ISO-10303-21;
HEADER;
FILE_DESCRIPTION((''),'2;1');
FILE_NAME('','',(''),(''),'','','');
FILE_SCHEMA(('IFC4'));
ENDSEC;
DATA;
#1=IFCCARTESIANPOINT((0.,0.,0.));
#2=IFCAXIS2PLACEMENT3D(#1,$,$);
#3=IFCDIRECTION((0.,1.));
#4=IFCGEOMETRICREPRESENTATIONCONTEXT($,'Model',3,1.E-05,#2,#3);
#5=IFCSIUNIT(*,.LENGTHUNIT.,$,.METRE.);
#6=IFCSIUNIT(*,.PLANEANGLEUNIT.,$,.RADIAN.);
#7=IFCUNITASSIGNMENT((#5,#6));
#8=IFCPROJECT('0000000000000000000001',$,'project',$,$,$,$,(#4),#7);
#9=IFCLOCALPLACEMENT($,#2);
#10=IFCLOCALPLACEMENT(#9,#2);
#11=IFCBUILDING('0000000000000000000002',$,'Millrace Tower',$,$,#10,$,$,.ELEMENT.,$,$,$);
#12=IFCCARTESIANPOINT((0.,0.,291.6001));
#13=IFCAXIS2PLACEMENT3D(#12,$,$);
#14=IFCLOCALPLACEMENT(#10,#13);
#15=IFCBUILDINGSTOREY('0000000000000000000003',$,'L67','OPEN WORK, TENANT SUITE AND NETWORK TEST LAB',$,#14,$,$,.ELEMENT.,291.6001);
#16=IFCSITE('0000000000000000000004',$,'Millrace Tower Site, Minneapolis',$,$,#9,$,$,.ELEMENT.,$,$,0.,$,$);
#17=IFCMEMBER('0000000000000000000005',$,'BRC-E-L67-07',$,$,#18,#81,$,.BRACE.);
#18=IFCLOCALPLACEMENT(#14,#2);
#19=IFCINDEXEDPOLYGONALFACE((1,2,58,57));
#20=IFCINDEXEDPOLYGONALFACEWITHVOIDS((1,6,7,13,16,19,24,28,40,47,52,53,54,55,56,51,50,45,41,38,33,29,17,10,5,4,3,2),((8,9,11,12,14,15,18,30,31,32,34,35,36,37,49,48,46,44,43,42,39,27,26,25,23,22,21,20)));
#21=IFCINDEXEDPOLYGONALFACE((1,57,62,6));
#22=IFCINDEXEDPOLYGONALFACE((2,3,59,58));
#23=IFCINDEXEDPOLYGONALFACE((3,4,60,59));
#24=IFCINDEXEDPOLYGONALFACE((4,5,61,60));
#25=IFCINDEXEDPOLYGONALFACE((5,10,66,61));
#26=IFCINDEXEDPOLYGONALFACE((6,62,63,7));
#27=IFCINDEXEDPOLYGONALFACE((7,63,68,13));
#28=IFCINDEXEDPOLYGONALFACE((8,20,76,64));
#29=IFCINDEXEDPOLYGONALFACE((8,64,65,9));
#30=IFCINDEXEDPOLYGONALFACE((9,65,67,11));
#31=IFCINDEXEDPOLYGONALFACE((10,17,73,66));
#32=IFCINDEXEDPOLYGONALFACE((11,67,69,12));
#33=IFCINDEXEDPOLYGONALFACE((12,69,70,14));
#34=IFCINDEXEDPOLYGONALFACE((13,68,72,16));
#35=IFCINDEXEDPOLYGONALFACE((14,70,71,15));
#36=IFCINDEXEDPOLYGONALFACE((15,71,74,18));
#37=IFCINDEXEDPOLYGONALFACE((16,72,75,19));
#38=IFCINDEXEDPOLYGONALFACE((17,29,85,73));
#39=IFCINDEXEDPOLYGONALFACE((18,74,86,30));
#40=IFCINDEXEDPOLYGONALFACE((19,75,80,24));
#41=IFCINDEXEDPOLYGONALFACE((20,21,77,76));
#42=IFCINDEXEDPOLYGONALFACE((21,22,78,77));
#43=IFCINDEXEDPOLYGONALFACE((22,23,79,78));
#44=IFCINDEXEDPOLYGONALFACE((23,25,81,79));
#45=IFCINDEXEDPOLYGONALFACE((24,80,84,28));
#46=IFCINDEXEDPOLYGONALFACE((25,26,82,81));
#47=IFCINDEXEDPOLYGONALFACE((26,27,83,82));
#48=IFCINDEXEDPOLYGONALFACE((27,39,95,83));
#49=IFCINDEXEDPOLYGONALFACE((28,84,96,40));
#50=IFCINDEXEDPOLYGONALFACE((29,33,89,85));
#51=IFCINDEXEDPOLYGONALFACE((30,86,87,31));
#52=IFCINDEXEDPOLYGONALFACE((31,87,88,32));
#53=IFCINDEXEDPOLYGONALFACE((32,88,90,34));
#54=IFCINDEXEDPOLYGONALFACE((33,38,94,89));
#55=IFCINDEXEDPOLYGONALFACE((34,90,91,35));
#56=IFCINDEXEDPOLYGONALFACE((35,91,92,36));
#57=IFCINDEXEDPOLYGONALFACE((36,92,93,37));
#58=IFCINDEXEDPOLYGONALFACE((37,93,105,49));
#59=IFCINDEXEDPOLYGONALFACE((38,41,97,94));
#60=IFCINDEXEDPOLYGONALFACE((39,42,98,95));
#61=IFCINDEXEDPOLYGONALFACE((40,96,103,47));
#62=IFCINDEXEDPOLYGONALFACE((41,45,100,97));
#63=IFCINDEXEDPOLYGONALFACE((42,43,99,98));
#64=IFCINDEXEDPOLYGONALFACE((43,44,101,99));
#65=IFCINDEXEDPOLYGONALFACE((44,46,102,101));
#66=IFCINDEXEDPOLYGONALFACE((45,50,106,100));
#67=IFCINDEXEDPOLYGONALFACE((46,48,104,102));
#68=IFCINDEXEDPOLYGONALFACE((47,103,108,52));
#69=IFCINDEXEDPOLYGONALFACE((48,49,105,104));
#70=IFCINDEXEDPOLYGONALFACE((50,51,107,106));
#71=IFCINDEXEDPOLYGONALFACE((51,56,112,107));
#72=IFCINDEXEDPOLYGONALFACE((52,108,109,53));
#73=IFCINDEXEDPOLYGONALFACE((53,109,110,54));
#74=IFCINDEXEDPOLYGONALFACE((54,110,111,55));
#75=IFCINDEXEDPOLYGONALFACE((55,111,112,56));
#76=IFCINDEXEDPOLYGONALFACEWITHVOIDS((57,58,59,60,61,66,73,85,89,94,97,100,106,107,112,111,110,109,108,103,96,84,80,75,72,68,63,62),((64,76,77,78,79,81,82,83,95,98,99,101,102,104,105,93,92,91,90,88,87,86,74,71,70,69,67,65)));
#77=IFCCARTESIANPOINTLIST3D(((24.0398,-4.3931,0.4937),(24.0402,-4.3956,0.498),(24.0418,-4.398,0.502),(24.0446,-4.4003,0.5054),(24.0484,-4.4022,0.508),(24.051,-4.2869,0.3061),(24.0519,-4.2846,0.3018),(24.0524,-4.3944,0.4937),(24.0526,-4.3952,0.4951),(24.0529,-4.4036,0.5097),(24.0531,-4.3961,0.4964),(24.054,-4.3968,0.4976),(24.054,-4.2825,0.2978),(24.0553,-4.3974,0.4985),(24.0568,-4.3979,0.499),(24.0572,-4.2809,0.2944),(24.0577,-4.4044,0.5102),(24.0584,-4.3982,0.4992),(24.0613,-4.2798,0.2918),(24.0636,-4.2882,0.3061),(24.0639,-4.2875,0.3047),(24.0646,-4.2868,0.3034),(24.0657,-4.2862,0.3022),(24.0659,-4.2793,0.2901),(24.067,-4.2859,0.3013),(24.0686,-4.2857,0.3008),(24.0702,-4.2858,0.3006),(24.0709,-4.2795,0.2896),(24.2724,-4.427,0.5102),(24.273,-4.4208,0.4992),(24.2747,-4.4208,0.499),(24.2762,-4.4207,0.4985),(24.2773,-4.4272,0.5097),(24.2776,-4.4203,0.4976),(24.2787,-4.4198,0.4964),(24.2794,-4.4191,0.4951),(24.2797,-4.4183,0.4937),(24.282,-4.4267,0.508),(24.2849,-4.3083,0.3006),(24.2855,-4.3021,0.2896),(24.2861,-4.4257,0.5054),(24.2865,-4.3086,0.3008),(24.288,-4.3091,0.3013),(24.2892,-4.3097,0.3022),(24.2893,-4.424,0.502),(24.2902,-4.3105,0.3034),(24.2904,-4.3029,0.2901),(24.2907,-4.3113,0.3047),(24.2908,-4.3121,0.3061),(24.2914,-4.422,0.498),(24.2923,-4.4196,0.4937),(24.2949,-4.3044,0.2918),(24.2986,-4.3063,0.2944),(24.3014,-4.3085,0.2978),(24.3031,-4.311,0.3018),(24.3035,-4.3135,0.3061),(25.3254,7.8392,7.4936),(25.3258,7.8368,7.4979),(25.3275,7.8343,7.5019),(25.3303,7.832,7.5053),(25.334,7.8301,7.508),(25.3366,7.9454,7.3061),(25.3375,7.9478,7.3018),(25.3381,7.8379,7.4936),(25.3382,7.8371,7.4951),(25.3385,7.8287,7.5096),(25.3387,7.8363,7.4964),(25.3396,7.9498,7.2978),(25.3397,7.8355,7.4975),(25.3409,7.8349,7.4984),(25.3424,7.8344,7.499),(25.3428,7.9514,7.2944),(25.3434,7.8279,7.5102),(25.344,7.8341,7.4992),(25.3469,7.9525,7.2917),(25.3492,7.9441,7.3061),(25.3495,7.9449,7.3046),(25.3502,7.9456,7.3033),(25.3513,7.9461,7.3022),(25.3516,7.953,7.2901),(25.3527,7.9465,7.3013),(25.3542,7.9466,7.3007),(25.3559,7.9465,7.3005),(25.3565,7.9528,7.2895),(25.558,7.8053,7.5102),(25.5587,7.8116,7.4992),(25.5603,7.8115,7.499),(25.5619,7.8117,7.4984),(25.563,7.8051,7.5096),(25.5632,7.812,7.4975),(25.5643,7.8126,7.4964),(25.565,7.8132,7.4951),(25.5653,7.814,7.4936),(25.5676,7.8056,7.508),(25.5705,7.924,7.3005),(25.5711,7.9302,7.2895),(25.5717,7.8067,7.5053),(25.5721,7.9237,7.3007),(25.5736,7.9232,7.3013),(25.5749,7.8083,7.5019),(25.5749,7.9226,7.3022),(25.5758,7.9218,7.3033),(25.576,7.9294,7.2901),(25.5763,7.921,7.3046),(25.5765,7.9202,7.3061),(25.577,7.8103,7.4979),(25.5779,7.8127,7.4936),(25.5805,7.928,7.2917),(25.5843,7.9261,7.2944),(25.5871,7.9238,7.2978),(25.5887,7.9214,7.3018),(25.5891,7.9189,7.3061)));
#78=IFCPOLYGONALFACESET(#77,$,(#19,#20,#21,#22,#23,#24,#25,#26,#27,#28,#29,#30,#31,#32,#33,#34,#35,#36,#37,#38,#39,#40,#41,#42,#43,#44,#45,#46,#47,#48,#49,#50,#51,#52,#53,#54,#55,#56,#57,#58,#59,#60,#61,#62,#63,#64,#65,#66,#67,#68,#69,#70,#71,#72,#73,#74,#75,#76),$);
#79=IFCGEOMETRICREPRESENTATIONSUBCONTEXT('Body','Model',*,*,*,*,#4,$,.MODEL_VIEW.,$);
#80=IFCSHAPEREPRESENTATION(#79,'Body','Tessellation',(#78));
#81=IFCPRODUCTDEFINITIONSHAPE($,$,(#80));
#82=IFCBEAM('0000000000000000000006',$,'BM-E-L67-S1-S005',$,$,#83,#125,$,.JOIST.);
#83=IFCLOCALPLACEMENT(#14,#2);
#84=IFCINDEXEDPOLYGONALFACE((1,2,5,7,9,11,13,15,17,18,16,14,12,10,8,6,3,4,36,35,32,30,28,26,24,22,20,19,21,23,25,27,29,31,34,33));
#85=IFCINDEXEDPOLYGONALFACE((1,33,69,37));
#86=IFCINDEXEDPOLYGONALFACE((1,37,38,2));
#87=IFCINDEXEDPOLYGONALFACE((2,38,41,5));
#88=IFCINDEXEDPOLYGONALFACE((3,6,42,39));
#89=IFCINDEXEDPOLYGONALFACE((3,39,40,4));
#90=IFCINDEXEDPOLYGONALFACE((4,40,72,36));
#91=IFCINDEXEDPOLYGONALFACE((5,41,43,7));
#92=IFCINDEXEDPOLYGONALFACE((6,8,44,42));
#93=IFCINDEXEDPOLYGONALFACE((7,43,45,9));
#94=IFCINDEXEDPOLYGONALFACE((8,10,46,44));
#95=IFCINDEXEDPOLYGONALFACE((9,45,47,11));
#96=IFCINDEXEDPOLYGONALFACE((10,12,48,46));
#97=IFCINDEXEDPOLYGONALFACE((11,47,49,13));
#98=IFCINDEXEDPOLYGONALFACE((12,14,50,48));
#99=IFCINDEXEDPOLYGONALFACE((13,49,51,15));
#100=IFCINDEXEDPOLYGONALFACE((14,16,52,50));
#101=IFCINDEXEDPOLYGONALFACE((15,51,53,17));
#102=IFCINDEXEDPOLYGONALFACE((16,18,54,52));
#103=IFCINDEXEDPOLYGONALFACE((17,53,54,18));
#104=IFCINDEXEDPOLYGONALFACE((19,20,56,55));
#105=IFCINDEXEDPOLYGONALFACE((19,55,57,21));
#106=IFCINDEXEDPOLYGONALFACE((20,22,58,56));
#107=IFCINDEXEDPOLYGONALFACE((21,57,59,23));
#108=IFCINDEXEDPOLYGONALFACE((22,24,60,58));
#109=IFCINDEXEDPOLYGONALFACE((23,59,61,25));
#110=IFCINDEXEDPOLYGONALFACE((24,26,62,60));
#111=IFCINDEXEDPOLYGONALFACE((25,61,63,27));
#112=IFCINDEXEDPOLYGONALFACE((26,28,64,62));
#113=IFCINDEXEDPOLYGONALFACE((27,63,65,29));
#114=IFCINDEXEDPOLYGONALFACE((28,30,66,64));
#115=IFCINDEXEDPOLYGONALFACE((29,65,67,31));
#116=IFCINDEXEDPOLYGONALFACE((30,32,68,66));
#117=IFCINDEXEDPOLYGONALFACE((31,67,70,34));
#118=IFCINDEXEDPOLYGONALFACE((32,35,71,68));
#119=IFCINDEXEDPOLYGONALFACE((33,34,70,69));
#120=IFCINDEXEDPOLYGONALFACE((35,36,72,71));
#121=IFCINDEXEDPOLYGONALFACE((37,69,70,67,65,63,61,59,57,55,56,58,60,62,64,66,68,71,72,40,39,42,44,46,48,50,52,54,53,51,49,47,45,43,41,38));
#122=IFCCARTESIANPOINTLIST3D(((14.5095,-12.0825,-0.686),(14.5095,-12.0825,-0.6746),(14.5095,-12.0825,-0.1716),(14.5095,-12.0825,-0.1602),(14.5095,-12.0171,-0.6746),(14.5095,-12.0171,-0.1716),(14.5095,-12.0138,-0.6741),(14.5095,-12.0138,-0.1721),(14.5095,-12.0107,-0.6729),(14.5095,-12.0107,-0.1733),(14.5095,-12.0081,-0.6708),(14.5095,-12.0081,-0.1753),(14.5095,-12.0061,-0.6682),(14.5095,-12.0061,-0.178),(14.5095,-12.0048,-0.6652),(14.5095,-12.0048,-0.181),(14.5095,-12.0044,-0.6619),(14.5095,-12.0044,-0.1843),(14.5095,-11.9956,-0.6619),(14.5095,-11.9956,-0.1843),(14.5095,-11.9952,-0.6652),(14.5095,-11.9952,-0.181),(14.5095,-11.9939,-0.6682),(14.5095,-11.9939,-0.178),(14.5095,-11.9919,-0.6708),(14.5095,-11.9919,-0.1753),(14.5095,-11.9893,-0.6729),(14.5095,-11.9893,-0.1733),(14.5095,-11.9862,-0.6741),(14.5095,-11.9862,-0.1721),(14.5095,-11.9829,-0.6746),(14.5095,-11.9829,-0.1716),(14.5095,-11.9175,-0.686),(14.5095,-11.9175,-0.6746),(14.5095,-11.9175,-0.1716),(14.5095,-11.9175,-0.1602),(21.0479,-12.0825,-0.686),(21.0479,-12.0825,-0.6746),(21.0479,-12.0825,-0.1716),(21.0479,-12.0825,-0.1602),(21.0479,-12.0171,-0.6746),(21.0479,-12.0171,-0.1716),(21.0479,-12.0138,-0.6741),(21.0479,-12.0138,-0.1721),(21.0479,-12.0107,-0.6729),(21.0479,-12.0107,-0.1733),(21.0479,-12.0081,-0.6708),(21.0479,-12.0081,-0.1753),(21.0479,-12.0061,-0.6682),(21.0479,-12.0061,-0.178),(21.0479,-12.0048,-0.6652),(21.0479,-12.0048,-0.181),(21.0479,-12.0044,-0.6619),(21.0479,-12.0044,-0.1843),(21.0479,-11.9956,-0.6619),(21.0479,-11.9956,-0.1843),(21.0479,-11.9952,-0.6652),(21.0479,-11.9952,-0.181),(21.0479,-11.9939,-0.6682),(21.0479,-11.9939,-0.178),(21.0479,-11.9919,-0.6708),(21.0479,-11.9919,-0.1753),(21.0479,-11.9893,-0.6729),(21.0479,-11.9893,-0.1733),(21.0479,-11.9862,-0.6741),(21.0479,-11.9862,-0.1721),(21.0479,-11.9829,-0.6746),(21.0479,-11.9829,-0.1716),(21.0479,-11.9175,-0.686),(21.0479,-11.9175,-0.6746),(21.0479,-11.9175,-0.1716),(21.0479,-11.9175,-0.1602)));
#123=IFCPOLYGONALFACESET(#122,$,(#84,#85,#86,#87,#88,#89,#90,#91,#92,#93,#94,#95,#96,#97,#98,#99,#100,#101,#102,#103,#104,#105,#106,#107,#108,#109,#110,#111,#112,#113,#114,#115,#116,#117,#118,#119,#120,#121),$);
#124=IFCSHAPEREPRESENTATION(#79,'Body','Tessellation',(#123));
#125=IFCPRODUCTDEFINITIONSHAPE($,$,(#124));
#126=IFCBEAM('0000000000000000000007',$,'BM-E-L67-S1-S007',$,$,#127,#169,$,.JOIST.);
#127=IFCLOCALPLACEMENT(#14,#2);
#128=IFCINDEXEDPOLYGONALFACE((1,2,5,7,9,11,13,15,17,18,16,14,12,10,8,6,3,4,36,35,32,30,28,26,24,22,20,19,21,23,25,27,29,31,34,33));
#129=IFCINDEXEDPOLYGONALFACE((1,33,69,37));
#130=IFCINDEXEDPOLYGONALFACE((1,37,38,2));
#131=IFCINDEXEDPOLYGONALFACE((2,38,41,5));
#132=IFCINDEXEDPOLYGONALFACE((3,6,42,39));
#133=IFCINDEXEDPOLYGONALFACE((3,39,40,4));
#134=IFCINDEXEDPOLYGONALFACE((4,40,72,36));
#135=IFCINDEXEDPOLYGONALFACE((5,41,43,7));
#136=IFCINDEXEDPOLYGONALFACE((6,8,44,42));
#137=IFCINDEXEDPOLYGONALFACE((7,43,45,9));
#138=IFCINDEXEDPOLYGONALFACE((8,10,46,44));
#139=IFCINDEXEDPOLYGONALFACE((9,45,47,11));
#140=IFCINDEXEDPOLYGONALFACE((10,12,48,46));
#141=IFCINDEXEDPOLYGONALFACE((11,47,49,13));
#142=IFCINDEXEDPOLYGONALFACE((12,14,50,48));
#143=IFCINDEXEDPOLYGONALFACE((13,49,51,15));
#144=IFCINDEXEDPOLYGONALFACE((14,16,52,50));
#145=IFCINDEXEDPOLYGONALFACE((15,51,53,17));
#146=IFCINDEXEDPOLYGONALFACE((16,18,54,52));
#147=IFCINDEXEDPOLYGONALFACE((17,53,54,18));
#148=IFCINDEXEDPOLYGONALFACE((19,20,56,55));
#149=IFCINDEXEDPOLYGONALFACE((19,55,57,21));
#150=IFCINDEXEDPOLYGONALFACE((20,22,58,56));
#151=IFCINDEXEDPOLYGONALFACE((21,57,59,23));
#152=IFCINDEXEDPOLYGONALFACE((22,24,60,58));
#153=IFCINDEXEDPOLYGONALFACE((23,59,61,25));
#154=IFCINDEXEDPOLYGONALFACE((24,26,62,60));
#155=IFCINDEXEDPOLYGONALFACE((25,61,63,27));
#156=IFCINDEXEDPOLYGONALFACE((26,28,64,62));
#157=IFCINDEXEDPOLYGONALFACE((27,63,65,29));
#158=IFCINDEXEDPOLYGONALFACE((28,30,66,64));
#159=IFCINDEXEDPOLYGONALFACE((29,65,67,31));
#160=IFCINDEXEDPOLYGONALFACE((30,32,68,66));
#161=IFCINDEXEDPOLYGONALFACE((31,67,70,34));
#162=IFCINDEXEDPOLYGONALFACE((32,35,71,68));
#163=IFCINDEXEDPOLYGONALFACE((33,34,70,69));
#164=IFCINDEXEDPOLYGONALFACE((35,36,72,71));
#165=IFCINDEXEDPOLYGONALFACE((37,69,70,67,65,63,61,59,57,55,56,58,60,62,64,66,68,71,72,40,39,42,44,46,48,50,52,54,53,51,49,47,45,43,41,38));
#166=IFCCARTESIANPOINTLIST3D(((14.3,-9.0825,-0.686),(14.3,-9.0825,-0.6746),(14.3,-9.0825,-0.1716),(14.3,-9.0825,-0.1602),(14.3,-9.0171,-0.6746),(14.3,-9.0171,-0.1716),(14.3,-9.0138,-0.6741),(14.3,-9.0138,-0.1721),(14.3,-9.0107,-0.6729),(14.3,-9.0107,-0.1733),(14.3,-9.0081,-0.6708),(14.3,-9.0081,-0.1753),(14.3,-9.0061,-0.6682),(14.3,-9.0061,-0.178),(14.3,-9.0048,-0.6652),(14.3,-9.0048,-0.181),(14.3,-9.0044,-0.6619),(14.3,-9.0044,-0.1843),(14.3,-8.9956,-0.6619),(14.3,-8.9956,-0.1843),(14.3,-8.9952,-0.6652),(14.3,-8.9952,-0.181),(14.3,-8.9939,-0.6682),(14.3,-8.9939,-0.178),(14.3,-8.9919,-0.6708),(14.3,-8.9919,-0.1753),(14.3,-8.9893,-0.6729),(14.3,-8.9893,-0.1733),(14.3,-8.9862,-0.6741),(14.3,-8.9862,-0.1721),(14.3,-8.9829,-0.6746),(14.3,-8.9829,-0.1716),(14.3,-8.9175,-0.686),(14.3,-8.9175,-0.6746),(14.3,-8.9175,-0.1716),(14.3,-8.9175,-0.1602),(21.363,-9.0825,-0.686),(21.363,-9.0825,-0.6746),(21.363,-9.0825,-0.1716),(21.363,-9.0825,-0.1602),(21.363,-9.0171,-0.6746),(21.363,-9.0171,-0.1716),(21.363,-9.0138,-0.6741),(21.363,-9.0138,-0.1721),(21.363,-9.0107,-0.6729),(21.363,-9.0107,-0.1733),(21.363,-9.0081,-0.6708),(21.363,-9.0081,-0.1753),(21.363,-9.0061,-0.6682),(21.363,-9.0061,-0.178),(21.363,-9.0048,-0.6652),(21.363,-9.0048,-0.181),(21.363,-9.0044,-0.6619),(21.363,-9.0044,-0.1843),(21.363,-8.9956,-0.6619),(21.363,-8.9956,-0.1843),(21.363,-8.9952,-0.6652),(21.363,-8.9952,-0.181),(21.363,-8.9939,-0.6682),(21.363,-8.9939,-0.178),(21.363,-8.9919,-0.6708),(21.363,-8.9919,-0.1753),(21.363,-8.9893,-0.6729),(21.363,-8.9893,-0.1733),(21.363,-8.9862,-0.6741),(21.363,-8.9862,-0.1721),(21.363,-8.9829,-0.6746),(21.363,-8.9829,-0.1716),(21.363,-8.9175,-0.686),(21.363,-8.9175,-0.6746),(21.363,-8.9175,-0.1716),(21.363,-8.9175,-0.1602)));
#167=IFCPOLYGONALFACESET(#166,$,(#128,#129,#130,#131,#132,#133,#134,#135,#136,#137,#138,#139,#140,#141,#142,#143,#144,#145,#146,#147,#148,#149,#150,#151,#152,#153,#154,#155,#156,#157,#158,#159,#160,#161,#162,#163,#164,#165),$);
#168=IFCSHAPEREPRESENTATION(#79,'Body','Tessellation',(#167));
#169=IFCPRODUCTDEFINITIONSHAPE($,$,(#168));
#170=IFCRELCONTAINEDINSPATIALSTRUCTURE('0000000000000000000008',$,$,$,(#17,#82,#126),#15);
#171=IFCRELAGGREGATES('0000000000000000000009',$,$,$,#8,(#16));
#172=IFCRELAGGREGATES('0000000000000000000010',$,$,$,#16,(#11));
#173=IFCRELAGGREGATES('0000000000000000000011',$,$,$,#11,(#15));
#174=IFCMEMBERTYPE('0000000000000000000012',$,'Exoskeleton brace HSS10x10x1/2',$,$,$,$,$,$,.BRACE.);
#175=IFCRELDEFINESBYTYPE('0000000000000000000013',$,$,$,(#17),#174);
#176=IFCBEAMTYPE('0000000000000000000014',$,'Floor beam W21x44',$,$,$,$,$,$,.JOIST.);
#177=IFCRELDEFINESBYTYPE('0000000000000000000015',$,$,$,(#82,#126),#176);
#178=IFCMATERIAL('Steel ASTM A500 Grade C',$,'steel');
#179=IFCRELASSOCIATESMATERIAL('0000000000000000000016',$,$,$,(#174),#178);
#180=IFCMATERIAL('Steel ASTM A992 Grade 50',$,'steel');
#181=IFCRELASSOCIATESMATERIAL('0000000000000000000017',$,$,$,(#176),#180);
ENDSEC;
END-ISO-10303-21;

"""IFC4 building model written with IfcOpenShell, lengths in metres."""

from ifc_helpers import new_model, si_unit, direction, frame, origin, origin_2d, place, context, subcontext, project, spatial, hollow_rectangle, i_section, extrude, material, material_profile, profile_set, type_object, element, save


model = new_model("IFC4")

# Units and contexts
model_context = context("Model", 3, precision=1e-05, world=origin(), true_north=direction((0.0, 1.0)))
body_context = subcontext(model_context, "Body", "Model", "MODEL_VIEW")
ifc_project = project(units=[si_unit("LENGTHUNIT", "METRE"), si_unit("PLANEANGLEUNIT", "RADIAN")], contexts=[model_context])

# Site, building, storey
site_placement = place(None, origin())
site = spatial("IfcSite", under=ifc_project, at=site_placement, Name="Millrace Tower Site, Minneapolis", CompositionType="ELEMENT", RefElevation=0.0)
building_placement = place(site_placement, origin())
building = spatial("IfcBuilding", under=site, at=building_placement, Name="Millrace Tower", CompositionType="ELEMENT")
storey_placement = place(building_placement, frame((0.0, 0.0, 291.6001)))
storey = spatial("IfcBuildingStorey", under=building, at=storey_placement, Name="L67", Description="OPEN WORK, TENANT SUITE AND NETWORK TEST LAB", CompositionType="ELEMENT", Elevation=291.6001)

# Member
ifc_material_1 = material(Name="Steel ASTM A500 Grade C", Category="steel")
ifc_material_profile_1 = material_profile(ifc_material_1, hollow_rectangle(XDim=0.2539, YDim=0.2539, WallThickness=0.0127, InnerFilletRadius=0.0063, OuterFilletRadius=0.019, at=origin_2d()))
ifc_profile_set_1 = profile_set([ifc_material_profile_1], Name="Steel ASTM A500 Grade C")
member_type_1 = type_object("IfcMemberType", Name="Exoskeleton brace HSS10x10x1/2", PredefinedType="BRACE", material=ifc_profile_set_1)
member_1_placement = place(storey_placement, frame((24.1716, -4.3533, 0.3999), z_axis=(0.090844, 0.864347, 0.494622), x_axis=(-0.994522, 0.104526, 0.0)))
element("IfcMember", 1, at=member_1_placement, inside=storey, type_object=member_type_1, Name="BRC-E-L67-07", PredefinedType="BRACE", context=body_context, shape_type="SweptSolid", body=[
    extrude(hollow_rectangle(XDim=0.2539, YDim=0.2539, WallThickness=0.0127, InnerFilletRadius=0.0063, OuterFilletRadius=0.019, at=origin_2d()), origin(), (0.0, 0.0, 1.0), 14.1521),
])

# Beams
ifc_material_2 = material(Name="Steel ASTM A992 Grade 50", Category="steel")
ifc_material_profile_2 = material_profile(ifc_material_2, i_section(OverallWidth=0.165, OverallDepth=0.5259, WebThickness=0.0088, FlangeThickness=0.0115, FilletRadius=0.0127, at=origin_2d()))
ifc_profile_set_2 = profile_set([ifc_material_profile_2], Name="Steel ASTM A992 Grade 50")
beam_type_1 = type_object("IfcBeamType", Name="Floor beam W21x44", PredefinedType="JOIST", material=ifc_profile_set_2)
beam_1_placement = place(storey_placement, frame((14.5095, -12.0, -0.4231), z_axis=(1.0, 0.0, 0.0), x_axis=(0.0, 1.0, 0.0)))
element("IfcBeam", 2, at=beam_1_placement, inside=storey, type_object=beam_type_1, Name="BM-E-L67-S1-S005", PredefinedType="JOIST", context=body_context, shape_type="SweptSolid", body=[
    extrude(i_section(OverallWidth=0.165, OverallDepth=0.5259, WebThickness=0.0088, FlangeThickness=0.0115, FilletRadius=0.0127, at=origin_2d()), origin(), (0.0, 0.0, 1.0), 6.5383),
])
beam_2_placement = place(storey_placement, frame((14.3, -9.0, -0.4231), z_axis=(1.0, 0.0, 0.0), x_axis=(0.0, 1.0, 0.0)))
element("IfcBeam", 3, at=beam_2_placement, inside=storey, type_object=beam_type_1, Name="BM-E-L67-S1-S007", PredefinedType="JOIST", context=body_context, shape_type="SweptSolid", body=[
    extrude(i_section(OverallWidth=0.165, OverallDepth=0.5259, WebThickness=0.0088, FlangeThickness=0.0115, FilletRadius=0.0127, at=origin_2d()), origin(), (0.0, 0.0, 1.0), 7.063),
])

save(model, "model.ifc")
